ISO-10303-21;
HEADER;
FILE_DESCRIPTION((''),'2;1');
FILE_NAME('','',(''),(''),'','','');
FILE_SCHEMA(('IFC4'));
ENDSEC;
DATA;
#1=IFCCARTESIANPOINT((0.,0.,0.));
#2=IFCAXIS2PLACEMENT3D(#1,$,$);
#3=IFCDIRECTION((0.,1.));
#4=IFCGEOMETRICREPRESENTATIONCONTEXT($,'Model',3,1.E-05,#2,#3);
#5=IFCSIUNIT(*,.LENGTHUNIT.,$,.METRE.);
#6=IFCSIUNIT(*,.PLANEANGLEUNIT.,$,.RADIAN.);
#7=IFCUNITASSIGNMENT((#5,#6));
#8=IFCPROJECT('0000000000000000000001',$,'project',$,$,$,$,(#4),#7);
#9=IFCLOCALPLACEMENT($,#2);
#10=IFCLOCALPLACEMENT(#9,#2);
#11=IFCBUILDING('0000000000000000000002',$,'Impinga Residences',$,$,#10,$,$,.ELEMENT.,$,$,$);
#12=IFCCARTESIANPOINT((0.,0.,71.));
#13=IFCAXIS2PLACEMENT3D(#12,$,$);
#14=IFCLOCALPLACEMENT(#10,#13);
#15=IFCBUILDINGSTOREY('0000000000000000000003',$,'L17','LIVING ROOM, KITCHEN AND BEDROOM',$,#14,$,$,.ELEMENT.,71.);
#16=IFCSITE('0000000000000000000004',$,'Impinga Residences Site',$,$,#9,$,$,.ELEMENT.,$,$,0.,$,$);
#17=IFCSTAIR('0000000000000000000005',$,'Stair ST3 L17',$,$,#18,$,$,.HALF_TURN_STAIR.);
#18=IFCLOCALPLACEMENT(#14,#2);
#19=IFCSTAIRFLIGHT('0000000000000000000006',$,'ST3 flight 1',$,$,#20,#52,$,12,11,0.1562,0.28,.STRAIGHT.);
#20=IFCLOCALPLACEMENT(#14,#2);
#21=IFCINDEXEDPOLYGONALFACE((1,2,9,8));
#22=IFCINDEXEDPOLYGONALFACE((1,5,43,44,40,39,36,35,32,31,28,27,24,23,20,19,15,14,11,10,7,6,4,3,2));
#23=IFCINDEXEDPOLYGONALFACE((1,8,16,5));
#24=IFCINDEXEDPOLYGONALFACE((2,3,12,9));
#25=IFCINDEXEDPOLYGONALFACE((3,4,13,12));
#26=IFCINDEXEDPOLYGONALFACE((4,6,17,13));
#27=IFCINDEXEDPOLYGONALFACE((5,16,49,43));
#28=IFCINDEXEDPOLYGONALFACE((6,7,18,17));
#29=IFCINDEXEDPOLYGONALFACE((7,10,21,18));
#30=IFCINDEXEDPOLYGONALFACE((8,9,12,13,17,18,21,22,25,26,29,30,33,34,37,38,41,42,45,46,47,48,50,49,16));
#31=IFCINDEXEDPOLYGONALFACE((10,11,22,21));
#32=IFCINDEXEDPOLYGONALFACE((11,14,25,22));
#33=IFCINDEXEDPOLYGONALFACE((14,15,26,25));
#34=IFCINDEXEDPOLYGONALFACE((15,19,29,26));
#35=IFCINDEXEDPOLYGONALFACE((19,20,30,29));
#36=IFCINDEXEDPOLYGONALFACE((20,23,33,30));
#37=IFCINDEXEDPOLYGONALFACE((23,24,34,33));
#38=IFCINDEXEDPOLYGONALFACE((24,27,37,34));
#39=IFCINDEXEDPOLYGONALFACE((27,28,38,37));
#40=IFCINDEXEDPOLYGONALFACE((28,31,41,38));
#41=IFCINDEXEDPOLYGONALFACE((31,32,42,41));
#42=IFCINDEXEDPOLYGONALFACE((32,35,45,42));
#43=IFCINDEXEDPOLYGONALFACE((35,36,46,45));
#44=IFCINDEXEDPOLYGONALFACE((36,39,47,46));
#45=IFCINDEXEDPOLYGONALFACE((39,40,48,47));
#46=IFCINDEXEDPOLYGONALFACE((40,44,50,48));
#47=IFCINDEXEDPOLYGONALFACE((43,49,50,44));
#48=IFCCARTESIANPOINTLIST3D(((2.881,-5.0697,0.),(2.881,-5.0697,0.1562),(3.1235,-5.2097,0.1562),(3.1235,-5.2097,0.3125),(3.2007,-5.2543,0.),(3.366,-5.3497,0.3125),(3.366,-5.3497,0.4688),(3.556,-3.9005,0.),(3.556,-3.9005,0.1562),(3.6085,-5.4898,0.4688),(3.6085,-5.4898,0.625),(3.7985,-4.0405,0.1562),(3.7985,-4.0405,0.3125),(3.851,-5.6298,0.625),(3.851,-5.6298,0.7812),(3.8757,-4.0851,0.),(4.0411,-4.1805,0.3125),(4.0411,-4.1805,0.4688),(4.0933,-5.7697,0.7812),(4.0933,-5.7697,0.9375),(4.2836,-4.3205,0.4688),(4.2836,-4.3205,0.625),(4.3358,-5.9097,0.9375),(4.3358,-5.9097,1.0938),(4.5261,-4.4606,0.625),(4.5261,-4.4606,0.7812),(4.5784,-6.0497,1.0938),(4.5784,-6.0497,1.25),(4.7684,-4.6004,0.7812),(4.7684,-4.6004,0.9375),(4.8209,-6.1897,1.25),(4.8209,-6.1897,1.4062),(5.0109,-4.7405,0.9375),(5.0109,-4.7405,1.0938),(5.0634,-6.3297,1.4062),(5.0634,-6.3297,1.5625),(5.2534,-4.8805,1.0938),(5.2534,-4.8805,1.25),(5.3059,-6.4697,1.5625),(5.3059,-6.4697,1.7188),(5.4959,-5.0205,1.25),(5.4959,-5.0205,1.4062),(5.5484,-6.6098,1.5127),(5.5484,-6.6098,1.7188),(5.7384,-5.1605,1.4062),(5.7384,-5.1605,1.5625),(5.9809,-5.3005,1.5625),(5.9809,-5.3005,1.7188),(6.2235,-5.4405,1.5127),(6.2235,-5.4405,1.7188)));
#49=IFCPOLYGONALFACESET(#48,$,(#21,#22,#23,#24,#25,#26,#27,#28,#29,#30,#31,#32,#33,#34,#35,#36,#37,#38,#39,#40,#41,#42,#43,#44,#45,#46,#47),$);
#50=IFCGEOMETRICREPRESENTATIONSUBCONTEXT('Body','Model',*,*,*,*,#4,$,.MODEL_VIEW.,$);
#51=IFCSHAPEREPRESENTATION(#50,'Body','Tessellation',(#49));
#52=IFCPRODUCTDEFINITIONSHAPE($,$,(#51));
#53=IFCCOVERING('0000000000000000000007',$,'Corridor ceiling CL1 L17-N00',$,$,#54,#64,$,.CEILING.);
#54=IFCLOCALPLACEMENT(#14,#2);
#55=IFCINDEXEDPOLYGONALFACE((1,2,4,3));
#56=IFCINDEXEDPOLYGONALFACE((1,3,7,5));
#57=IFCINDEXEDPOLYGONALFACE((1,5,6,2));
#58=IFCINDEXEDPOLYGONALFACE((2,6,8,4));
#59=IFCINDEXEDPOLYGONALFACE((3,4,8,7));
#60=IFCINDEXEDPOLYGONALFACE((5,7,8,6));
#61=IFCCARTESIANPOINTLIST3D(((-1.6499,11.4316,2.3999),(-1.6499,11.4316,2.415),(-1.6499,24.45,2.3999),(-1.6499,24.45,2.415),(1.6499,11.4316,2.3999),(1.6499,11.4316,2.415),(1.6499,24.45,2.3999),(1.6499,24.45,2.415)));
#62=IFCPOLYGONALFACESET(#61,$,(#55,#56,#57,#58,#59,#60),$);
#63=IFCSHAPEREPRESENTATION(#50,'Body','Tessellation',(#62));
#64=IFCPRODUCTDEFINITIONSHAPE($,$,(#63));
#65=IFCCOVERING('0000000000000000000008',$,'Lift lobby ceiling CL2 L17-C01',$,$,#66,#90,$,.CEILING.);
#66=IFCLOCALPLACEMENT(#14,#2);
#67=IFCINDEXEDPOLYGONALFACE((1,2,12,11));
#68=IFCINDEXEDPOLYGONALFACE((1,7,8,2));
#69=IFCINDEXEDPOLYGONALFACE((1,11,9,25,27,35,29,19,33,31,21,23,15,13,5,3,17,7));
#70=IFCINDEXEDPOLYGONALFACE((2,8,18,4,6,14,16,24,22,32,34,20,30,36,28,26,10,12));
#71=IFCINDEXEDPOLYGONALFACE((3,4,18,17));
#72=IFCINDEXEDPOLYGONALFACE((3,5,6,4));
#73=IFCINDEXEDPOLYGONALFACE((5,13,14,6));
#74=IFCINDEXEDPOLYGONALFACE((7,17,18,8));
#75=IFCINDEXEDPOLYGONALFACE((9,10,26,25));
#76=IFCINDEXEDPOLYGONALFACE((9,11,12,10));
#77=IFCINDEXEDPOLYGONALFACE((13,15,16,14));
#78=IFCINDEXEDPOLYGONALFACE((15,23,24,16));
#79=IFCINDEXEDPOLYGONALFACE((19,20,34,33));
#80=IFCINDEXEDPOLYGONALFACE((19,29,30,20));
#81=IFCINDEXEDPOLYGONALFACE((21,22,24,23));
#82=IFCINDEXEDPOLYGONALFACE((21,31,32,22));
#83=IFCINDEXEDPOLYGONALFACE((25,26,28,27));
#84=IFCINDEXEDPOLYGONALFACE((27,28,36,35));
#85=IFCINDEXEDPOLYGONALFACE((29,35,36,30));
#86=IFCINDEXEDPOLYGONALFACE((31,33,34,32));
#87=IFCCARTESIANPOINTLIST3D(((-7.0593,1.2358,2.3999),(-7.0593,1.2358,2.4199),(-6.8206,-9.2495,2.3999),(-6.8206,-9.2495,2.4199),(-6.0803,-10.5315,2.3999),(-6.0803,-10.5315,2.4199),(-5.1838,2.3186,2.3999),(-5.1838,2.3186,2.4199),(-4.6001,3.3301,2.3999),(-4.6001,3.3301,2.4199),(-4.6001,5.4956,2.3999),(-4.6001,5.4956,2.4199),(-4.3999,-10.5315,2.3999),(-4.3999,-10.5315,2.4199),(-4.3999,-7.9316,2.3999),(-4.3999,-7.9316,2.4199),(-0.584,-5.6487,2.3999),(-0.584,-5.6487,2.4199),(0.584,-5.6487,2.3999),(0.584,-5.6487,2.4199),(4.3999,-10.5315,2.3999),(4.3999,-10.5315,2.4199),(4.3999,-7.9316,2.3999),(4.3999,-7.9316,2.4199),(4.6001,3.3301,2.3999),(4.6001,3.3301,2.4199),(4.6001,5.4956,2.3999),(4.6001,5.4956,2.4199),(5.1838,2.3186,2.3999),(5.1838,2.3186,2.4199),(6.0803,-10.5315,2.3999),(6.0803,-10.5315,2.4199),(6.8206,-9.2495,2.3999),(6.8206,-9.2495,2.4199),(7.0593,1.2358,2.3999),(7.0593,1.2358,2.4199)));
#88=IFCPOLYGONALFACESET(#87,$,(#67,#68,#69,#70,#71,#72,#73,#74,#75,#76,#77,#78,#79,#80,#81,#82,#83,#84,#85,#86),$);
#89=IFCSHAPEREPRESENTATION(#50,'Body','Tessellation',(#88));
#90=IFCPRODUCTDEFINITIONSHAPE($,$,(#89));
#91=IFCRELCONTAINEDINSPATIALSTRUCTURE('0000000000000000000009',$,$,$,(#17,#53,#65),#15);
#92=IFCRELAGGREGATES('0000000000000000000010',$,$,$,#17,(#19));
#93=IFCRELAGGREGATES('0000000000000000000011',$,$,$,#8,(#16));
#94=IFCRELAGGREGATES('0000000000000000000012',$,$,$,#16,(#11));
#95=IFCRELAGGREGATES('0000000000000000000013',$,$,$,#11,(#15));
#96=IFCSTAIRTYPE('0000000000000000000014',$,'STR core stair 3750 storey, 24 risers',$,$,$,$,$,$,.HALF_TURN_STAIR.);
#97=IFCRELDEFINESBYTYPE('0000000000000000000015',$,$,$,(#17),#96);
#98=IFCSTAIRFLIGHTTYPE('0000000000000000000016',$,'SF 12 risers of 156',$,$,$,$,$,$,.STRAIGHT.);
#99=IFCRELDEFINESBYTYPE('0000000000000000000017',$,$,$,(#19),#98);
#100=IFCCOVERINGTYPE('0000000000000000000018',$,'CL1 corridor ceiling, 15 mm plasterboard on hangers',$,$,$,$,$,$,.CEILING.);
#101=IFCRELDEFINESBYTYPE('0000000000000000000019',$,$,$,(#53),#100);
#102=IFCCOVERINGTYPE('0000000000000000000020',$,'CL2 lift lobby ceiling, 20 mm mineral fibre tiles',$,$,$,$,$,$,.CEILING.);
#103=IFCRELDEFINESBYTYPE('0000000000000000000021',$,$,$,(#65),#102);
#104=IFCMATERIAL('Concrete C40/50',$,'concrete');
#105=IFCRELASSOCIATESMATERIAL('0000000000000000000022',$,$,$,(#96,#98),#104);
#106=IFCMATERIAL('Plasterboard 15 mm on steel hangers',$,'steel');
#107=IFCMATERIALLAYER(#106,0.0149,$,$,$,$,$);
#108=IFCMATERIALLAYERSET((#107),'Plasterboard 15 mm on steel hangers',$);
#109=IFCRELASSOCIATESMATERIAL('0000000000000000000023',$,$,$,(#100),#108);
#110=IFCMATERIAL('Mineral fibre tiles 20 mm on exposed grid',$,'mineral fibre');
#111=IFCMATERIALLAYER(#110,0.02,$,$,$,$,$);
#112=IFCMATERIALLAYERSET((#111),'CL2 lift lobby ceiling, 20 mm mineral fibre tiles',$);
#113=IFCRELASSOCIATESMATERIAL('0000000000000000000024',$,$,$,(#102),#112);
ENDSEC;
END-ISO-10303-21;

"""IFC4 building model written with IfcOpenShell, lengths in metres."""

from ifc_helpers import new_model, si_unit, direction, frame, origin, place, context, subcontext, project, spatial, polyline, outline, extrude, material, layer, layer_set, type_object, element, aggregate, save


model = new_model("IFC4")

# Units and contexts
model_context = context("Model", 3, precision=1e-05, world=origin(), true_north=direction((0.0, 1.0)))
body_context = subcontext(model_context, "Body", "Model", "MODEL_VIEW")
ifc_project = project(units=[si_unit("LENGTHUNIT", "METRE"), si_unit("PLANEANGLEUNIT", "RADIAN")], contexts=[model_context])

# Site, building, storey
site_placement = place(None, origin())
site = spatial("IfcSite", under=ifc_project, at=site_placement, Name="Impinga Residences Site", CompositionType="ELEMENT", RefElevation=0.0)
building_placement = place(site_placement, origin())
building = spatial("IfcBuilding", under=site, at=building_placement, Name="Impinga Residences", CompositionType="ELEMENT")
storey_placement = place(building_placement, frame((0.0, 0.0, 71.0)))
storey = spatial("IfcBuildingStorey", under=building, at=storey_placement, Name="L17", Description="LIVING ROOM, KITCHEN AND BEDROOM", CompositionType="ELEMENT", Elevation=71.0)

# Shared definitions
ifc_material_1 = material(Name="Concrete C40/50", Category="concrete")

# Stair, stair flight
stair_type_1 = type_object("IfcStairType", Name="STR core stair 3750 storey, 24 risers", PredefinedType="HALF_TURN_STAIR", material=ifc_material_1)
stair_1_placement = place(storey_placement, origin())
stair_1 = element("IfcStair", 1, at=stair_1_placement, inside=storey, type_object=stair_type_1, Name="Stair ST3 L17", PredefinedType="HALF_TURN_STAIR")
stair_flight_type = type_object("IfcStairFlightType", Name="SF 12 risers of 156", PredefinedType="STRAIGHT", material=ifc_material_1)
stair_flight_placement = place(storey_placement, frame((3.2185, -4.4851, 0.0), z_axis=(0.0, 0.0, 1.0), x_axis=(0.866025, -0.5, 0.0)))
stair_flight = element("IfcStairFlight", 2, at=stair_flight_placement, type_object=stair_flight_type, Name="ST3 flight 1", NumberOfRisers=12, NumberOfTreads=11, PredefinedType="STRAIGHT", RiserHeight=0.1562, TreadLength=0.28, context=body_context, shape_type="SweptSolid", body=[
    extrude(outline(polyline([(0.0, 0.0), (0.0, 0.1562), (0.28, 0.1562), (0.28, 0.3125), (0.5601, 0.3125), (0.5601, 0.4688), (0.8401, 0.4688), (0.8401, 0.625), (1.1201, 0.625), (1.1201, 0.7812), (1.3999, 0.7812), (1.3999, 0.9375), (1.6799, 0.9375), (1.6799, 1.0938), (1.96, 1.0938), (1.96, 1.25), (2.24, 1.25), (2.24, 1.4062), (2.52, 1.4062), (2.52, 1.5625), (2.8, 1.5625), (2.8, 1.7188), (3.0801, 1.7188), (3.0801, 1.875), (3.0801, 1.5127), (0.3691, 0.0), (0.0, 0.0)])), frame((0.0, 0.675, 0.0), z_axis=(0.0, -1.0, 0.0), x_axis=(1.0, 0.0, 0.0)), (0.0, 0.0, 1.0), 1.3501),
])
aggregate(stair_1, [stair_flight])

# Coverings
ifc_material_2 = material(Name="Plasterboard 15 mm on steel hangers", Category="steel")
ifc_layer_1 = layer(ifc_material_2, 0.0149)
ifc_layer_set_1 = layer_set([ifc_layer_1], Name="Plasterboard 15 mm on steel hangers")
covering_type_1 = type_object("IfcCoveringType", Name="CL1 corridor ceiling, 15 mm plasterboard on hangers", PredefinedType="CEILING", material=ifc_layer_set_1)
covering_1_placement = place(storey_placement, frame((0.0, 0.0, 2.3999)))
element("IfcCovering", 3, at=covering_1_placement, inside=storey, type_object=covering_type_1, Name="Corridor ceiling CL1 L17-N00", PredefinedType="CEILING", context=body_context, shape_type="SweptSolid", body=[
    extrude(outline(polyline([(1.6499, 11.4316), (-1.6499, 11.4316), (-1.6499, 24.45), (1.6499, 24.45), (1.6499, 11.4316)])), origin(), (0.0, 0.0, 1.0), 0.0151),
])
ifc_material_3 = material(Name="Mineral fibre tiles 20 mm on exposed grid", Category="mineral fibre")
ifc_layer_2 = layer(ifc_material_3, 0.02)
ifc_layer_set_2 = layer_set([ifc_layer_2], Name="CL2 lift lobby ceiling, 20 mm mineral fibre tiles")
covering_type_2 = type_object("IfcCoveringType", Name="CL2 lift lobby ceiling, 20 mm mineral fibre tiles", PredefinedType="CEILING", material=ifc_layer_set_2)
covering_2_placement = place(storey_placement, frame((0.0, 0.0, 2.3999)))
element("IfcCovering", 4, at=covering_2_placement, inside=storey, type_object=covering_type_2, Name="Lift lobby ceiling CL2 L17-C01", PredefinedType="CEILING", context=body_context, shape_type="SweptSolid", body=[
    extrude(outline(polyline([(6.0803, -10.5315), (4.3999, -10.5315), (4.3999, -7.9316), (-4.3999, -7.9316), (-4.3999, -10.5315), (-6.0803, -10.5315), (-6.8206, -9.2495), (-0.584, -5.6487), (-5.1838, 2.3186), (-7.0593, 1.2358), (-4.6001, 5.4956), (-4.6001, 3.3301), (4.6001, 3.3301), (4.6001, 5.4956), (7.0593, 1.2358), (5.1838, 2.3186), (0.584, -5.6487), (6.8206, -9.2495), (6.0803, -10.5315)])), origin(), (0.0, 0.0, 1.0), 0.02),
])

save(model, "model.ifc")
